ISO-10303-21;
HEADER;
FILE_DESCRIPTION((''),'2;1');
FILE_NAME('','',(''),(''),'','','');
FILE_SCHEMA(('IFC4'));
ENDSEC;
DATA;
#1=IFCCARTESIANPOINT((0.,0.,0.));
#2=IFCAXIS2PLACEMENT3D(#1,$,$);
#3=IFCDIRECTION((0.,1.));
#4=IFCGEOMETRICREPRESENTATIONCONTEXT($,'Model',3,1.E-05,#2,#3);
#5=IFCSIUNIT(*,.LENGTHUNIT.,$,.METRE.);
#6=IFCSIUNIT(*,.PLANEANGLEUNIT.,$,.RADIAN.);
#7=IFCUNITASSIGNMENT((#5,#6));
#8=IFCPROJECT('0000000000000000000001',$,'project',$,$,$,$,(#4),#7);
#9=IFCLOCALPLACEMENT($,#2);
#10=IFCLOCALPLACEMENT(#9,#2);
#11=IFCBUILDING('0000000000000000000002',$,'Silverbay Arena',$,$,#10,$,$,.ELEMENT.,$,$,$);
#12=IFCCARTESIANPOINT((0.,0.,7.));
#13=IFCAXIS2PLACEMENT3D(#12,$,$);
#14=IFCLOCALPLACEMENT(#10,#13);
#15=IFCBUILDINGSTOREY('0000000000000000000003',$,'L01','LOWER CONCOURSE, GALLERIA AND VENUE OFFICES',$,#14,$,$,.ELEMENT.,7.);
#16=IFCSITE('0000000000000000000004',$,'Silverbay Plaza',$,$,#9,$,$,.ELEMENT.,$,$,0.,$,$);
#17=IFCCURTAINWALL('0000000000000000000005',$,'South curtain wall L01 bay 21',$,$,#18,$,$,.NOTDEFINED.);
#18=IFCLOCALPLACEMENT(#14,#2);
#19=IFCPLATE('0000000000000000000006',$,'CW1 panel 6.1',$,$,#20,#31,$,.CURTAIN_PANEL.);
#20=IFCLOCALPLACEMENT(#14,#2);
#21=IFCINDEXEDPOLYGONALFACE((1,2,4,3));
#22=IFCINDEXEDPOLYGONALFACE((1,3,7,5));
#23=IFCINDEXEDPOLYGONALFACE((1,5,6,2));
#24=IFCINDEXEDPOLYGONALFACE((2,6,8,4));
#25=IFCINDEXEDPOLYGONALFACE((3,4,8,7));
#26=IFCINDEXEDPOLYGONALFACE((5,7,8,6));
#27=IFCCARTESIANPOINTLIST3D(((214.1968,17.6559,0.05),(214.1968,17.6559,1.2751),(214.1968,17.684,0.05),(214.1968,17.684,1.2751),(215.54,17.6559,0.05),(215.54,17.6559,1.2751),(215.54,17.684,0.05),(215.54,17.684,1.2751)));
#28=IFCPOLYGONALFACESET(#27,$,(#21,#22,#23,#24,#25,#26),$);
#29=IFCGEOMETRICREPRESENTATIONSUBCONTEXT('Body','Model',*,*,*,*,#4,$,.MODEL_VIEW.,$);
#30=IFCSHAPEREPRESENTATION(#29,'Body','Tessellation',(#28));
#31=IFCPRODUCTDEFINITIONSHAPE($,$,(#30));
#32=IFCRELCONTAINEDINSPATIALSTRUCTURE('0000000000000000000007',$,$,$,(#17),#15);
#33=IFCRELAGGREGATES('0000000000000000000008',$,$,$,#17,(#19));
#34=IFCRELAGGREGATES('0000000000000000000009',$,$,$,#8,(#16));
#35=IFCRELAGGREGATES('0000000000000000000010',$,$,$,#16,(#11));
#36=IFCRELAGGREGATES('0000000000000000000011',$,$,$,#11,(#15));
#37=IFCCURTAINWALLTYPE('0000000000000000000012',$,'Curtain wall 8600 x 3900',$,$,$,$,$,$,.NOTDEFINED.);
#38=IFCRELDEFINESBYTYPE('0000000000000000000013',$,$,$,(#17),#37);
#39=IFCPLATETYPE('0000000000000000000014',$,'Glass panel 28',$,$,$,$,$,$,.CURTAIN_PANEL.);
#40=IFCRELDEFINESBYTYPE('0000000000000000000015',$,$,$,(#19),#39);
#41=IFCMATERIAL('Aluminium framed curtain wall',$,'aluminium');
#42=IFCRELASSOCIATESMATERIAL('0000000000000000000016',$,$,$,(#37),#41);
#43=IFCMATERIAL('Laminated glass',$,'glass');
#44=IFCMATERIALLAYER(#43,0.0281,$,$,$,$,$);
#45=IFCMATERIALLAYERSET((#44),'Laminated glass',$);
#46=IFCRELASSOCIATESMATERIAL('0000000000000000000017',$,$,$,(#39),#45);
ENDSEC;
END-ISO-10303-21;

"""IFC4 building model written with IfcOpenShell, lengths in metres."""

from ifc_helpers import new_model, si_unit, direction, frame, origin, origin_2d, place, context, subcontext, project, spatial, rectangle, extrude, material, layer, layer_set, type_object, element, aggregate, save


model = new_model("IFC4")

# Units and contexts
model_context = context("Model", 3, precision=1e-05, world=origin(), true_north=direction((0.0, 1.0)))
body_context = subcontext(model_context, "Body", "Model", "MODEL_VIEW")
ifc_project = project(units=[si_unit("LENGTHUNIT", "METRE"), si_unit("PLANEANGLEUNIT", "RADIAN")], contexts=[model_context])

# Site, building, storey
site_placement = place(None, origin())
site = spatial("IfcSite", under=ifc_project, at=site_placement, Name="Silverbay Plaza", CompositionType="ELEMENT", RefElevation=0.0)
building_placement = place(site_placement, origin())
building = spatial("IfcBuilding", under=site, at=building_placement, Name="Silverbay Arena", CompositionType="ELEMENT")
storey_placement = place(building_placement, frame((0.0, 0.0, 7.0)))
storey = spatial("IfcBuildingStorey", under=building, at=storey_placement, Name="L01", Description="LOWER CONCOURSE, GALLERIA AND VENUE OFFICES", CompositionType="ELEMENT", Elevation=7.0)

# Curtain wall
ifc_material_1 = material(Name="Aluminium framed curtain wall", Category="aluminium")
curtain_wall_type = type_object("IfcCurtainWallType", Name="Curtain wall 8600 x 3900", PredefinedType="NOTDEFINED", material=ifc_material_1)
curtain_wall_placement = place(storey_placement, origin())
curtain_wall = element("IfcCurtainWall", 1, at=curtain_wall_placement, inside=storey, type_object=curtain_wall_type, Name="South curtain wall L01 bay 21", PredefinedType="NOTDEFINED")

# Plate
ifc_material_2 = material(Name="Laminated glass", Category="glass")
ifc_layer = layer(ifc_material_2, 0.0281)
ifc_layer_set = layer_set([ifc_layer], Name="Laminated glass")
plate_type = type_object("IfcPlateType", Name="Glass panel 28", PredefinedType="CURTAIN_PANEL", material=ifc_layer_set)
plate_1_placement = place(storey_placement, frame((214.8684, 17.6699, 0.05), z_axis=(0.0, 0.0, 1.0), x_axis=(1.0, 0.0, 0.0)))
plate_1 = element("IfcPlate", 2, at=plate_1_placement, type_object=plate_type, Name="CW1 panel 6.1", PredefinedType="CURTAIN_PANEL", context=body_context, shape_type="SweptSolid", body=[
    extrude(rectangle(XDim=1.3433, YDim=0.0281, at=origin_2d()), origin(), (0.0, 0.0, 1.0), 1.2251),
])
aggregate(curtain_wall, [plate_1])

save(model, "model.ifc")
